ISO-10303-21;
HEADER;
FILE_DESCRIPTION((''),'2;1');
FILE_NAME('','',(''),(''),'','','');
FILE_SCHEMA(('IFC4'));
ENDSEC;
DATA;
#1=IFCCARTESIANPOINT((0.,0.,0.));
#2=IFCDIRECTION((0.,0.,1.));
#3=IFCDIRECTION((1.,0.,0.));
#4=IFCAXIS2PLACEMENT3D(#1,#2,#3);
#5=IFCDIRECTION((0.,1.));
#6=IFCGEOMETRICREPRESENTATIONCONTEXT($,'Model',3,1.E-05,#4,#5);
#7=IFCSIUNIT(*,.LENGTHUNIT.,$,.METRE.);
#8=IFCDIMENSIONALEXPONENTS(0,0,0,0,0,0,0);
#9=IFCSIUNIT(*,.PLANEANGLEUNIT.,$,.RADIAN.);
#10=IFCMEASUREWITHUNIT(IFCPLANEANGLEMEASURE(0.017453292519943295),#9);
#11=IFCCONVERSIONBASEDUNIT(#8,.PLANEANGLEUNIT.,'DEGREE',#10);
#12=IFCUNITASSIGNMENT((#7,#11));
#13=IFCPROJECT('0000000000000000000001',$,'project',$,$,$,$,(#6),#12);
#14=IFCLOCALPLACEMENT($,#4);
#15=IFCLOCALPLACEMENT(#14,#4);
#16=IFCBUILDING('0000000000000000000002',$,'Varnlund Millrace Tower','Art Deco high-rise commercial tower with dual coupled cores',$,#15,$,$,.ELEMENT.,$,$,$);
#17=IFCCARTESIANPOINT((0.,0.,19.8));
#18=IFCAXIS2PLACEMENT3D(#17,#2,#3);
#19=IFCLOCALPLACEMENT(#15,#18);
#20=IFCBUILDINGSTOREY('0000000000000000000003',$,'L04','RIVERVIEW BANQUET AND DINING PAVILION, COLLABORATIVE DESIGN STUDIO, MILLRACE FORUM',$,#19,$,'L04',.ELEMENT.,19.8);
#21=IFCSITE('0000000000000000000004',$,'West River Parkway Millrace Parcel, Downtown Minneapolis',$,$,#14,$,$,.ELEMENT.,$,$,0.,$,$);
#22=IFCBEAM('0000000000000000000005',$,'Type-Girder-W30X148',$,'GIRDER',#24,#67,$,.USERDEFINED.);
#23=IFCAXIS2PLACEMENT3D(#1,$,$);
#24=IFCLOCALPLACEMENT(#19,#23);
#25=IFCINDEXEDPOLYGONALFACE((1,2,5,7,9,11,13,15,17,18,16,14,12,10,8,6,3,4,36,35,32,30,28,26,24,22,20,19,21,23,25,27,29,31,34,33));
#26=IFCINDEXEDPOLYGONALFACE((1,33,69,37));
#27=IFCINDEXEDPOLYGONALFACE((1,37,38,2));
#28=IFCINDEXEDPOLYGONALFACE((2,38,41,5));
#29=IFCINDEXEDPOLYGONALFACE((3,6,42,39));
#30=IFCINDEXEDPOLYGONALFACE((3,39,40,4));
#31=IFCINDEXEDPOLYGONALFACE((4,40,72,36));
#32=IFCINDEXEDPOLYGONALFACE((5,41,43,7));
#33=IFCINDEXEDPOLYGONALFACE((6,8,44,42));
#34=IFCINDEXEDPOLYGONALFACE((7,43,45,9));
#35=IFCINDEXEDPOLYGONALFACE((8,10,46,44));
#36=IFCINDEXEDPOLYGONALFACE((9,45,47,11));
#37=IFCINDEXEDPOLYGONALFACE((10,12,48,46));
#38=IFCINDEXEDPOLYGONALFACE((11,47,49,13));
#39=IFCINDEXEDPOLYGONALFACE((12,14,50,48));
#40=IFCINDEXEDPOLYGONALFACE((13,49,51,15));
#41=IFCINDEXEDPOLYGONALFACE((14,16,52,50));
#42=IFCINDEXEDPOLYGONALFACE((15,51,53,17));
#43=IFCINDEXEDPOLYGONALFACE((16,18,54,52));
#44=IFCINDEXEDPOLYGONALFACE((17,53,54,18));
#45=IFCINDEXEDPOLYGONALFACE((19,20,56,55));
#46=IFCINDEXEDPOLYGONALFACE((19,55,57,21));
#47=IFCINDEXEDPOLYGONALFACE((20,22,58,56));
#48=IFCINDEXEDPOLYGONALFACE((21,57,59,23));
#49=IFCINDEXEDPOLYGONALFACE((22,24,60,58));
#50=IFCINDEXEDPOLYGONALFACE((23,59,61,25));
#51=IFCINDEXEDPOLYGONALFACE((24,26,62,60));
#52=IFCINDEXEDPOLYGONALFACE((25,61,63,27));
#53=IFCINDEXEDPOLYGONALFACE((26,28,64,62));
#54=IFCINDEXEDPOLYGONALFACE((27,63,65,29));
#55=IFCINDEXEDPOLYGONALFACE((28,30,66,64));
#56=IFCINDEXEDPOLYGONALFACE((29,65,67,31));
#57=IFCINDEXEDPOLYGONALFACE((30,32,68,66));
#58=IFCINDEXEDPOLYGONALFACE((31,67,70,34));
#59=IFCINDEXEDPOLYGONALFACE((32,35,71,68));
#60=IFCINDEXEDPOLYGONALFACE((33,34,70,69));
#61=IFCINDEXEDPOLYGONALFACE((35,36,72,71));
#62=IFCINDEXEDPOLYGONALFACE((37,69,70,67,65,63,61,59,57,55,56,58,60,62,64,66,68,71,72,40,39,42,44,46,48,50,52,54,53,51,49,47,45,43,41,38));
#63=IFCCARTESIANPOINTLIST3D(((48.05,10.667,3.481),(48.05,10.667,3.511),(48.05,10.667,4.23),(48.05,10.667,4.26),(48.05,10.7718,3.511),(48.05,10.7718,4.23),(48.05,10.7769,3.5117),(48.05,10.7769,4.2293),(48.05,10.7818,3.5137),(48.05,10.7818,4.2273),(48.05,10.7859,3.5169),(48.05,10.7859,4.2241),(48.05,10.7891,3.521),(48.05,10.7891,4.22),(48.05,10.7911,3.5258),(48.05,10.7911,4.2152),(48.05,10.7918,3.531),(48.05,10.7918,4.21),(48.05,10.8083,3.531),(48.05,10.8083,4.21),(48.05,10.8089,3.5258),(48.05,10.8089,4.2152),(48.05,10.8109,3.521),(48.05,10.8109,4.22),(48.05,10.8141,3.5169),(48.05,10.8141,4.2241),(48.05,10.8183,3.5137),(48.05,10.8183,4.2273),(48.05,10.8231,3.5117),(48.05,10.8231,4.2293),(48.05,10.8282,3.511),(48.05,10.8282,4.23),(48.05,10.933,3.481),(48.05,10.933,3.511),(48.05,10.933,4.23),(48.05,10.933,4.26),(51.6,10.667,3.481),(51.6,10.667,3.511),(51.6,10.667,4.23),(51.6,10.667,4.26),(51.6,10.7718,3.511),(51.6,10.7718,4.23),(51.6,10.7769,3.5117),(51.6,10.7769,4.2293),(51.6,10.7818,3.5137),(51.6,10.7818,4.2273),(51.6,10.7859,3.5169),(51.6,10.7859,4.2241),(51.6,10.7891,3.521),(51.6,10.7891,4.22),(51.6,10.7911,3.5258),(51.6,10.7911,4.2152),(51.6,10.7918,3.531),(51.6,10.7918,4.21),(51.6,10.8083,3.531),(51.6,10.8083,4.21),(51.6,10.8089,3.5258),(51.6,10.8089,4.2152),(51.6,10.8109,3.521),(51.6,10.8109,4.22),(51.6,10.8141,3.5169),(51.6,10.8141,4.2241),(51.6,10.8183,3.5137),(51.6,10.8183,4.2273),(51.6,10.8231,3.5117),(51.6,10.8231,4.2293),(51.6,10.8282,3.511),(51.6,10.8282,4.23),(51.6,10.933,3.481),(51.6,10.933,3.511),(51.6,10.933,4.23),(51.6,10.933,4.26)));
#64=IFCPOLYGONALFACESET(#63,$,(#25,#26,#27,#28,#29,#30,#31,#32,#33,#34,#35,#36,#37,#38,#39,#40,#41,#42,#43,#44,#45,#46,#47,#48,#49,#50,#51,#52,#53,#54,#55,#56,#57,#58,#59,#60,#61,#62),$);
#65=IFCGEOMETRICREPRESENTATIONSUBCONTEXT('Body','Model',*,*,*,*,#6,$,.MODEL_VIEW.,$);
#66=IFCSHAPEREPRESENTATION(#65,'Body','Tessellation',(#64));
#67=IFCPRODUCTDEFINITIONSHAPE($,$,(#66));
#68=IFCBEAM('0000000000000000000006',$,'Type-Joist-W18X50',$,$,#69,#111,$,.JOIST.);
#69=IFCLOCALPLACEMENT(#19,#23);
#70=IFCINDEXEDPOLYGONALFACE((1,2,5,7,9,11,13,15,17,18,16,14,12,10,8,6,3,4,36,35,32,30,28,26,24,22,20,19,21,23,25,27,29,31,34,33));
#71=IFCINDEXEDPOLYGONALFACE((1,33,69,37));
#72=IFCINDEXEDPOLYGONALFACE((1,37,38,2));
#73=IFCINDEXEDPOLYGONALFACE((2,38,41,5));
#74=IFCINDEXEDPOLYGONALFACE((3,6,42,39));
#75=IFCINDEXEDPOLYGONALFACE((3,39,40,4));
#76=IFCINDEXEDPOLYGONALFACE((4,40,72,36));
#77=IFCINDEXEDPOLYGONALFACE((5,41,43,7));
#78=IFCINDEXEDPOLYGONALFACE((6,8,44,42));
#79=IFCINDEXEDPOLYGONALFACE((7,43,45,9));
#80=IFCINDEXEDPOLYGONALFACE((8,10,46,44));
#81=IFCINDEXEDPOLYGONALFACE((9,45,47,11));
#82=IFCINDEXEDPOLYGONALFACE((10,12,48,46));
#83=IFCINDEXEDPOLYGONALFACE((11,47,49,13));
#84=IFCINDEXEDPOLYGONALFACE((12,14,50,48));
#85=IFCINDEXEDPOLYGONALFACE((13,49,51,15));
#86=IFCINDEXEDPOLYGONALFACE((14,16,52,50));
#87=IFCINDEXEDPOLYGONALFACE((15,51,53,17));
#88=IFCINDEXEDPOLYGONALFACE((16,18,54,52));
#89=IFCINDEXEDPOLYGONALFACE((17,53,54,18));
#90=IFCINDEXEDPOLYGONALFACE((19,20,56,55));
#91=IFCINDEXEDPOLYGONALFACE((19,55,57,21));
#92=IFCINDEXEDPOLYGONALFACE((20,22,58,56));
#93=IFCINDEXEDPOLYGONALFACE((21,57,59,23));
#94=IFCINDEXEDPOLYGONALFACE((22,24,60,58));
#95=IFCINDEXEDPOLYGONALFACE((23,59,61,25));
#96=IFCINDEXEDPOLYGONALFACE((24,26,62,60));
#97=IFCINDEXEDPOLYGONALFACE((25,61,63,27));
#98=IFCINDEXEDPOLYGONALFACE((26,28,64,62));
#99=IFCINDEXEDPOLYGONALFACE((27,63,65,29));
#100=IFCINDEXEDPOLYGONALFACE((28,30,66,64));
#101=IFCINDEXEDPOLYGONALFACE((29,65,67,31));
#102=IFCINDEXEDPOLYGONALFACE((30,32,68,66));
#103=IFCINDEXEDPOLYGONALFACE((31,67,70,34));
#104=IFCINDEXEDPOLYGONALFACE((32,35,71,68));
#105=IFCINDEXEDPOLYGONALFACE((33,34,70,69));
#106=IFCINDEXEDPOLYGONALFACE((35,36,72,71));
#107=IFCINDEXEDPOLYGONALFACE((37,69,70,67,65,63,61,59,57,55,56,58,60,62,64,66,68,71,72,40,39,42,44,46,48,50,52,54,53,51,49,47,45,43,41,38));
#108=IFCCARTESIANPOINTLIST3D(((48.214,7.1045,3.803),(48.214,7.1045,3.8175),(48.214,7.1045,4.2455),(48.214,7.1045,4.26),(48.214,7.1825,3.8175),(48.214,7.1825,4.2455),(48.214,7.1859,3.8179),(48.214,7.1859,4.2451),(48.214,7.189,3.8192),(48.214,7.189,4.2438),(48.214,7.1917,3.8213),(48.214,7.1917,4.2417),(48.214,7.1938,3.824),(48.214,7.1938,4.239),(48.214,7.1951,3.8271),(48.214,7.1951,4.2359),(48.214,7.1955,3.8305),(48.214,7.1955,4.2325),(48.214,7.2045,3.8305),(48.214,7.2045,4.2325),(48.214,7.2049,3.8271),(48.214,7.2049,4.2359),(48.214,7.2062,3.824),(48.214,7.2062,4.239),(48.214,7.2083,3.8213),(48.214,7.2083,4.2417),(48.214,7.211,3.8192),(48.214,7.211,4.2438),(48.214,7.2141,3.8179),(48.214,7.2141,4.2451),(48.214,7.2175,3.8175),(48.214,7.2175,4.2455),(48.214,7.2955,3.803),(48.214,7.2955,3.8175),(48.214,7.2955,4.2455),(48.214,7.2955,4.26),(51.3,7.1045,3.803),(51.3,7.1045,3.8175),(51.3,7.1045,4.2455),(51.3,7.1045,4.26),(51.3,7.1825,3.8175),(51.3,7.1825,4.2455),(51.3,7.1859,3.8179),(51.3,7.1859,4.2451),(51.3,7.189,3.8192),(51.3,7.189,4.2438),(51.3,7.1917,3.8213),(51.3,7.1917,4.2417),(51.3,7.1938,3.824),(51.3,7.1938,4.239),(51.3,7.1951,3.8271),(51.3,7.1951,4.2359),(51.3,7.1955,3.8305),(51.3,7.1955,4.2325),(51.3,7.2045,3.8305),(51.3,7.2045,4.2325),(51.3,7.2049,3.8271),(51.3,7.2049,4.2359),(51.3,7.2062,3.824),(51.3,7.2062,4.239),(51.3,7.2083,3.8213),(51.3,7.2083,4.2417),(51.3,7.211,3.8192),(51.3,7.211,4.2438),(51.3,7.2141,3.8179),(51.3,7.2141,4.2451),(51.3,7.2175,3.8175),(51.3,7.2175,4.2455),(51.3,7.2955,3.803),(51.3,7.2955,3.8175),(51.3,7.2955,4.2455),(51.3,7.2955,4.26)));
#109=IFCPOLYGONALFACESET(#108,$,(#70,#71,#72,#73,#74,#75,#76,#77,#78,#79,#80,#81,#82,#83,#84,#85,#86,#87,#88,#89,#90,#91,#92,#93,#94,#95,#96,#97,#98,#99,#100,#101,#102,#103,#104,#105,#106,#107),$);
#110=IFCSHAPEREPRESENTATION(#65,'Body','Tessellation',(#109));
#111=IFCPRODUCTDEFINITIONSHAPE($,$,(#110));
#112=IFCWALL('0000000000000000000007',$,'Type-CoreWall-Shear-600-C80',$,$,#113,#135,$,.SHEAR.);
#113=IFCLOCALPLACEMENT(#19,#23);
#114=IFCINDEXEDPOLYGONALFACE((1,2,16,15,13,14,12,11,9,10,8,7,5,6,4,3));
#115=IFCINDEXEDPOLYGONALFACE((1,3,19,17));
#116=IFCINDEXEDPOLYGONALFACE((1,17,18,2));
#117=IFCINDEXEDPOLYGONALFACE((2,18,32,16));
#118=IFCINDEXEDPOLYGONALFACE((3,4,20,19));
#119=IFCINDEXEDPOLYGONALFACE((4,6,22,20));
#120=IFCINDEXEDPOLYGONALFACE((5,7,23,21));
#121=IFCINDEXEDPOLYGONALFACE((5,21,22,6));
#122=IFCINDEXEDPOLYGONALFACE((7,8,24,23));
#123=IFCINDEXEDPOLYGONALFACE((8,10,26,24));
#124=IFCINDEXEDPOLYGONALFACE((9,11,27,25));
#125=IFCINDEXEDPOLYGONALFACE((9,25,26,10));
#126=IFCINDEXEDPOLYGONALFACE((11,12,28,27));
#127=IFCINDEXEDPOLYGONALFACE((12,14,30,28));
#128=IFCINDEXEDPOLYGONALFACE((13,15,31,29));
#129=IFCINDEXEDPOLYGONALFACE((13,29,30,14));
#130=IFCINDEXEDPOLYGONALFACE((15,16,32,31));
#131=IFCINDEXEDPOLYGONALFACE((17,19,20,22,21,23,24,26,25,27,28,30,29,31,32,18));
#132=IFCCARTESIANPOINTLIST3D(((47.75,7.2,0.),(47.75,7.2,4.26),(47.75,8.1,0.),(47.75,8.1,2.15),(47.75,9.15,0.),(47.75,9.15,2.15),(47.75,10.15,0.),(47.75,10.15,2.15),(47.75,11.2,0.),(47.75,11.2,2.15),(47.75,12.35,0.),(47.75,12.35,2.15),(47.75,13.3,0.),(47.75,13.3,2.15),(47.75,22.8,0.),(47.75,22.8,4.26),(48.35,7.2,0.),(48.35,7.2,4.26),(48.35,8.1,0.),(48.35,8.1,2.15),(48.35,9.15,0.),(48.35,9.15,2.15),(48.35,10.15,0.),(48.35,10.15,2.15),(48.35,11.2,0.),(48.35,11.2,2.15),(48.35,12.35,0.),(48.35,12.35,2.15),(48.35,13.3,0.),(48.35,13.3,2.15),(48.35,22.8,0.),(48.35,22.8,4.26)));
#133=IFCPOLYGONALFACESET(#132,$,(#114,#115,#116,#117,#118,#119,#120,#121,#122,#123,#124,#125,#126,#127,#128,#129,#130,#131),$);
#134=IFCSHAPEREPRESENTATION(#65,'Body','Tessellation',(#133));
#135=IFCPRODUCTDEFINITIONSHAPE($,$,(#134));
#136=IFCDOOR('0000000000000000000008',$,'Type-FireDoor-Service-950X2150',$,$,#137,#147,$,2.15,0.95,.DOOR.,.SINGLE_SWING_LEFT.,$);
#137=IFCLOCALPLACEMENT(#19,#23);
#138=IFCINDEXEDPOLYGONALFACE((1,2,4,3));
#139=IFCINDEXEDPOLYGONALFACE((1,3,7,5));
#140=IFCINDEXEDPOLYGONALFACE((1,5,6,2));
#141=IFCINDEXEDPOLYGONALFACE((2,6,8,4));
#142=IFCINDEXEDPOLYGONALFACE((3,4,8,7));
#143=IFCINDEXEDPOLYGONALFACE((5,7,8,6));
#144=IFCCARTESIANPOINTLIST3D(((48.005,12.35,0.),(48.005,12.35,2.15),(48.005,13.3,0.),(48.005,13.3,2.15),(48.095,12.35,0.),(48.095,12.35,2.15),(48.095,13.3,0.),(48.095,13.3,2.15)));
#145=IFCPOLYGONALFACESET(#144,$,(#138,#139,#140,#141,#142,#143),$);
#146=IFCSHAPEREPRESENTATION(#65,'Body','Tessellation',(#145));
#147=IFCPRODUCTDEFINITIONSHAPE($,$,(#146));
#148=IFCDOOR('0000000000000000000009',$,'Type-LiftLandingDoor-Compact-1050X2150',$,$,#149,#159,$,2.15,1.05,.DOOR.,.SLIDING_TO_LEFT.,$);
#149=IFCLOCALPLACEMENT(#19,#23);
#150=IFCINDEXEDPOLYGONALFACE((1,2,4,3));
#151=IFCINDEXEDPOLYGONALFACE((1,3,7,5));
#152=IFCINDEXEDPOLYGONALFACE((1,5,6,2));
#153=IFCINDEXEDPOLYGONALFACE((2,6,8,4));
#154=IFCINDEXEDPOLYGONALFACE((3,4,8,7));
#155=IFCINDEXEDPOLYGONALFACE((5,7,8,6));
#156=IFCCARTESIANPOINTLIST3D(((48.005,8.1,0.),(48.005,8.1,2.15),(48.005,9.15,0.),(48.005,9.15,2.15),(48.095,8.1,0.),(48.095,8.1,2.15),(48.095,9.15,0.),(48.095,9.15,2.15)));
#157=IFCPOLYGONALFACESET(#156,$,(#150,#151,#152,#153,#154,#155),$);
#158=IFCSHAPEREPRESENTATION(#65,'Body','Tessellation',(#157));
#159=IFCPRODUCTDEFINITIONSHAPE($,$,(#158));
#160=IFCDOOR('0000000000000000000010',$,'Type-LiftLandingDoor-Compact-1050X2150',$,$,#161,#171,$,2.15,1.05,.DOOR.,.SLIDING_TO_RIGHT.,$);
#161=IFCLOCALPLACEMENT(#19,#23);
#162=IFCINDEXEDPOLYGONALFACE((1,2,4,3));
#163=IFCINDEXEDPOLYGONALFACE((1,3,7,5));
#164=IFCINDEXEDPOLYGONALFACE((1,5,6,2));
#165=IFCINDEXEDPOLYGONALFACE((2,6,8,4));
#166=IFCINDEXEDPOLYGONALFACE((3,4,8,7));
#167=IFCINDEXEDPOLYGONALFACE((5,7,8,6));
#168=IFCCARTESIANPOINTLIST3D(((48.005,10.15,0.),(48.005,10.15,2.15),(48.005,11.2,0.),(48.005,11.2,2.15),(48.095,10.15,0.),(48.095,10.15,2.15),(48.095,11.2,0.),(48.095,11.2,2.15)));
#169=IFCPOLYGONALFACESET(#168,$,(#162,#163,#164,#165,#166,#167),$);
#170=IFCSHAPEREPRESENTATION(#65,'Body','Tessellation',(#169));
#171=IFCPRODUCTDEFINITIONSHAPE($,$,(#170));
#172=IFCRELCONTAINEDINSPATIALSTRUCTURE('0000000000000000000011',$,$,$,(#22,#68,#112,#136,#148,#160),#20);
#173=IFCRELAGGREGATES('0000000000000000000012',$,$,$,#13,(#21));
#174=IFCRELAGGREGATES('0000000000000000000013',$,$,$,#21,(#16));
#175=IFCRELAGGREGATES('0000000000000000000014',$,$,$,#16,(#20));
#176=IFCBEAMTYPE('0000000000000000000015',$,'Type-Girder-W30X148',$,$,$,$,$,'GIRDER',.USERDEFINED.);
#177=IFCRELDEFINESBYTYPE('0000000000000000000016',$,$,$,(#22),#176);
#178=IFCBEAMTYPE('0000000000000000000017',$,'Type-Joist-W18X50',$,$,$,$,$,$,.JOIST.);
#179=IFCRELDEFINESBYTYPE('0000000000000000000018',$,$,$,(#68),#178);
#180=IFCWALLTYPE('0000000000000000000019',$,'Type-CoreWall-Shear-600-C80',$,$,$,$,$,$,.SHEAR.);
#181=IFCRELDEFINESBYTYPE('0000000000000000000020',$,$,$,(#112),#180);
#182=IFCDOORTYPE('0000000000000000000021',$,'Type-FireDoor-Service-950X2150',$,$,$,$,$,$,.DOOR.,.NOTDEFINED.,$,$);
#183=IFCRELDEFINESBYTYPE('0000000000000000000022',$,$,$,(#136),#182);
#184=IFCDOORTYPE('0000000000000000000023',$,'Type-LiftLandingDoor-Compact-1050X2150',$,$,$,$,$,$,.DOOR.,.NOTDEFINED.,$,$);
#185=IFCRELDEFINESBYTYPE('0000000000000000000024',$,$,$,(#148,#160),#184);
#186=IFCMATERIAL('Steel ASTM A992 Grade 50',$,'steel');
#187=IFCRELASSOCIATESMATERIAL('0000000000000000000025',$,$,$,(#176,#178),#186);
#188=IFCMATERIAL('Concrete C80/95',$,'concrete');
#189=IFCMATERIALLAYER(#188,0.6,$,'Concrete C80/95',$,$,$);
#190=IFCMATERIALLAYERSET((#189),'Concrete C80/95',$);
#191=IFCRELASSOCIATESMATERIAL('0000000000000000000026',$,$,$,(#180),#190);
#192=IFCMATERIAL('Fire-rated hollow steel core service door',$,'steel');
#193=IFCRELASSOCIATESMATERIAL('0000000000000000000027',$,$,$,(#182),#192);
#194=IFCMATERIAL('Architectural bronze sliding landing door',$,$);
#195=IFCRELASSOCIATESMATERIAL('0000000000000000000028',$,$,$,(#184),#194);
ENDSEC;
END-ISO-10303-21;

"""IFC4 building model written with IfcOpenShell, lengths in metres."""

from ifc_helpers import new_model, entity, si_unit, converted_unit, direction, frame, origin_with_axes, origin_2d_with_axis, place, context, subcontext, project, spatial, polyline, rectangle, i_section, outline, extrude, material, layer, layer_set, material_profile, profile_set, type_object, element, fill, save


model = new_model("IFC4")

# Units and contexts
model_context = context("Model", 3, precision=1e-05, world=origin_with_axes(), true_north=direction((0.0, 1.0)))
body_context = subcontext(model_context, "Body", "Model", "MODEL_VIEW")
ifc_project = project(units=[si_unit("LENGTHUNIT", "METRE"), converted_unit("PLANEANGLEUNIT", "DEGREE", entity("IfcPlaneAngleMeasure", 0.017453292519943295), si_unit("PLANEANGLEUNIT", "RADIAN"), dimensions=[0, 0, 0, 0, 0, 0, 0])], contexts=[model_context])

# Site, building, storey
site_placement = place(None, origin_with_axes())
site = spatial("IfcSite", under=ifc_project, at=site_placement, Name="West River Parkway Millrace Parcel, Downtown Minneapolis", CompositionType="ELEMENT", RefElevation=0.0)
building_placement = place(site_placement, origin_with_axes())
building = spatial("IfcBuilding", under=site, at=building_placement, Name="Varnlund Millrace Tower", Description="Art Deco high-rise commercial tower with dual coupled cores", CompositionType="ELEMENT")
storey_placement = place(building_placement, frame((0.0, 0.0, 19.8), z_axis=(0.0, 0.0, 1.0), x_axis=(1.0, 0.0, 0.0)))
storey = spatial("IfcBuildingStorey", under=building, at=storey_placement, Name="L04", Description="RIVERVIEW BANQUET AND DINING PAVILION, COLLABORATIVE DESIGN STUDIO, MILLRACE FORUM", LongName="L04", CompositionType="ELEMENT", Elevation=19.8)

# Shared definitions
ifc_material_1 = material(Name="Concrete C80/95", Category="concrete")

# Beams
ifc_material_2 = material(Name="Steel ASTM A992 Grade 50", Category="steel")
ifc_material_profile_1 = material_profile(ifc_material_2, i_section(OverallWidth=0.266, OverallDepth=0.779, WebThickness=0.0165, FlangeThickness=0.03, FilletRadius=0.02, at=origin_2d_with_axis()), Name="Steel ASTM A992 Grade 50")
ifc_profile_set_1 = profile_set([ifc_material_profile_1], Name="Steel ASTM A992 Grade 50")
beam_type_1 = type_object("IfcBeamType", Name="Type-Girder-W30X148", ElementType="GIRDER", PredefinedType="USERDEFINED", material=ifc_profile_set_1)
for number, where, z_axis, x_axis, name in (
    (1, (48.05, 10.8, 3.8705), (1.0, 0.0, 0.0), (0.0, 1.0, 0.0), "Type-Girder-W30X148"),
):
    element("IfcBeam", number, at=place(storey_placement, frame(where, z_axis=z_axis, x_axis=x_axis)), inside=storey, type_object=beam_type_1, Name=name, ObjectType="GIRDER", PredefinedType="USERDEFINED", context=body_context, shape_type="SweptSolid", body=[
        extrude(i_section(OverallWidth=0.266, OverallDepth=0.779, WebThickness=0.0165, FlangeThickness=0.03, FilletRadius=0.02, at=origin_2d_with_axis()), origin_with_axes(), (0.0, 0.0, 1.0), 3.55),
    ])
ifc_material_profile_2 = material_profile(ifc_material_2, i_section(OverallWidth=0.191, OverallDepth=0.457, WebThickness=0.009, FlangeThickness=0.0145, FilletRadius=0.013, at=origin_2d_with_axis()), Name="Steel ASTM A992 Grade 50")
ifc_profile_set_2 = profile_set([ifc_material_profile_2], Name="Steel ASTM A992 Grade 50")
beam_type_2 = type_object("IfcBeamType", Name="Type-Joist-W18X50", PredefinedType="JOIST", material=ifc_profile_set_2)
beam_1_placement = place(storey_placement, frame((48.214, 7.2, 4.0315), z_axis=(1.0, 0.0, 0.0), x_axis=(0.0, 1.0, 0.0)))
element("IfcBeam", 2, at=beam_1_placement, inside=storey, type_object=beam_type_2, Name="Type-Joist-W18X50", PredefinedType="JOIST", context=body_context, shape_type="SweptSolid", body=[
    extrude(i_section(OverallWidth=0.191, OverallDepth=0.457, WebThickness=0.009, FlangeThickness=0.0145, FilletRadius=0.013, at=origin_2d_with_axis()), origin_with_axes(), (0.0, 0.0, 1.0), 3.086),
])

# Wall, openings, doors
ifc_layer_1 = layer(ifc_material_1, 0.6, Name="Concrete C80/95")
ifc_layer_set_1 = layer_set([ifc_layer_1], Name="Concrete C80/95")
wall_type_1 = type_object("IfcWallType", Name="Type-CoreWall-Shear-600-C80", PredefinedType="SHEAR", material=ifc_layer_set_1)
wall_1_placement = place(storey_placement, frame((48.05, 7.2, 0.0), z_axis=(0.0, 0.0, 1.0), x_axis=(0.0, 1.0, 0.0)))
wall_1 = element("IfcWall", 3, at=wall_1_placement, inside=storey, type_object=wall_type_1, Name="Type-CoreWall-Shear-600-C80", PredefinedType="SHEAR", context=body_context, shape_type="SweptSolid", body=[
    extrude(outline(polyline([(0.0, -0.3), (15.6, -0.3), (15.6, 0.3), (0.0, 0.3), (0.0, -0.3)])), origin_with_axes(), (0.0, 0.0, 1.0), 4.26),
])
opening_1_placement = place(wall_1_placement, frame((1.425, 0.0, 0.0), z_axis=(0.0, 0.0, 1.0), x_axis=(1.0, 0.0, 0.0)))
opening_1 = element("IfcOpeningElement", 4, at=opening_1_placement, cuts=wall_1, PredefinedType="OPENING", context=body_context, shape_type="SweptSolid", body=[
    extrude(rectangle(XDim=1.05, YDim=0.62, at=origin_2d_with_axis()), origin_with_axes(), (0.0, 0.0, 1.0), 2.15),
])
opening_2_placement = place(wall_1_placement, frame((3.475, 0.0, 0.0), z_axis=(0.0, 0.0, 1.0), x_axis=(1.0, 0.0, 0.0)))
opening_2 = element("IfcOpeningElement", 5, at=opening_2_placement, cuts=wall_1, PredefinedType="OPENING", context=body_context, shape_type="SweptSolid", body=[
    extrude(rectangle(XDim=1.05, YDim=0.62, at=origin_2d_with_axis()), origin_with_axes(), (0.0, 0.0, 1.0), 2.15),
])
opening_3_placement = place(wall_1_placement, frame((5.625, 0.0, 0.0), z_axis=(0.0, 0.0, 1.0), x_axis=(1.0, 0.0, 0.0)))
opening_3 = element("IfcOpeningElement", 6, at=opening_3_placement, cuts=wall_1, PredefinedType="OPENING", context=body_context, shape_type="SweptSolid", body=[
    extrude(rectangle(XDim=0.95, YDim=0.62, at=origin_2d_with_axis()), origin_with_axes(), (0.0, 0.0, 1.0), 2.15),
])
ifc_material_3 = material(Name="Fire-rated hollow steel core service door", Category="steel")
door_type_1 = type_object("IfcDoorType", Name="Type-FireDoor-Service-950X2150", OperationType="NOTDEFINED", PredefinedType="DOOR", material=ifc_material_3)
door_1_placement = place(wall_1_placement, frame((5.625, 0.0, 0.0), z_axis=(0.0, 0.0, 1.0), x_axis=(1.0, 0.0, 0.0)))
door_1 = element("IfcDoor", 7, at=door_1_placement, inside=storey, type_object=door_type_1, Name="Type-FireDoor-Service-950X2150", OperationType="SINGLE_SWING_LEFT", OverallHeight=2.15, OverallWidth=0.95, PredefinedType="DOOR", context=body_context, shape_type="SweptSolid", body=[
    extrude(rectangle(XDim=0.95, YDim=0.09, at=origin_2d_with_axis()), origin_with_axes(), (0.0, 0.0, 1.0), 2.15),
])
fill(opening_3, door_1)
ifc_material_4 = material(Name="Architectural bronze sliding landing door")
door_type_2 = type_object("IfcDoorType", Name="Type-LiftLandingDoor-Compact-1050X2150", OperationType="NOTDEFINED", PredefinedType="DOOR", material=ifc_material_4)
door_2_placement = place(wall_1_placement, frame((1.425, 0.0, 0.0), z_axis=(0.0, 0.0, 1.0), x_axis=(1.0, 0.0, 0.0)))
door_2 = element("IfcDoor", 8, at=door_2_placement, inside=storey, type_object=door_type_2, Name="Type-LiftLandingDoor-Compact-1050X2150", OperationType="SLIDING_TO_LEFT", OverallHeight=2.15, OverallWidth=1.05, PredefinedType="DOOR", context=body_context, shape_type="SweptSolid", body=[
    extrude(rectangle(XDim=1.05, YDim=0.09, at=origin_2d_with_axis()), origin_with_axes(), (0.0, 0.0, 1.0), 2.15),
])
fill(opening_1, door_2)
door_3_placement = place(wall_1_placement, frame((3.475, 0.0, 0.0), z_axis=(0.0, 0.0, 1.0), x_axis=(1.0, 0.0, 0.0)))
door_3 = element("IfcDoor", 9, at=door_3_placement, inside=storey, type_object=door_type_2, Name="Type-LiftLandingDoor-Compact-1050X2150", OperationType="SLIDING_TO_RIGHT", OverallHeight=2.15, OverallWidth=1.05, PredefinedType="DOOR", context=body_context, shape_type="SweptSolid", body=[
    extrude(rectangle(XDim=1.05, YDim=0.09, at=origin_2d_with_axis()), origin_with_axes(), (0.0, 0.0, 1.0), 2.15),
])
fill(opening_2, door_3)

save(model, "model.ifc")
